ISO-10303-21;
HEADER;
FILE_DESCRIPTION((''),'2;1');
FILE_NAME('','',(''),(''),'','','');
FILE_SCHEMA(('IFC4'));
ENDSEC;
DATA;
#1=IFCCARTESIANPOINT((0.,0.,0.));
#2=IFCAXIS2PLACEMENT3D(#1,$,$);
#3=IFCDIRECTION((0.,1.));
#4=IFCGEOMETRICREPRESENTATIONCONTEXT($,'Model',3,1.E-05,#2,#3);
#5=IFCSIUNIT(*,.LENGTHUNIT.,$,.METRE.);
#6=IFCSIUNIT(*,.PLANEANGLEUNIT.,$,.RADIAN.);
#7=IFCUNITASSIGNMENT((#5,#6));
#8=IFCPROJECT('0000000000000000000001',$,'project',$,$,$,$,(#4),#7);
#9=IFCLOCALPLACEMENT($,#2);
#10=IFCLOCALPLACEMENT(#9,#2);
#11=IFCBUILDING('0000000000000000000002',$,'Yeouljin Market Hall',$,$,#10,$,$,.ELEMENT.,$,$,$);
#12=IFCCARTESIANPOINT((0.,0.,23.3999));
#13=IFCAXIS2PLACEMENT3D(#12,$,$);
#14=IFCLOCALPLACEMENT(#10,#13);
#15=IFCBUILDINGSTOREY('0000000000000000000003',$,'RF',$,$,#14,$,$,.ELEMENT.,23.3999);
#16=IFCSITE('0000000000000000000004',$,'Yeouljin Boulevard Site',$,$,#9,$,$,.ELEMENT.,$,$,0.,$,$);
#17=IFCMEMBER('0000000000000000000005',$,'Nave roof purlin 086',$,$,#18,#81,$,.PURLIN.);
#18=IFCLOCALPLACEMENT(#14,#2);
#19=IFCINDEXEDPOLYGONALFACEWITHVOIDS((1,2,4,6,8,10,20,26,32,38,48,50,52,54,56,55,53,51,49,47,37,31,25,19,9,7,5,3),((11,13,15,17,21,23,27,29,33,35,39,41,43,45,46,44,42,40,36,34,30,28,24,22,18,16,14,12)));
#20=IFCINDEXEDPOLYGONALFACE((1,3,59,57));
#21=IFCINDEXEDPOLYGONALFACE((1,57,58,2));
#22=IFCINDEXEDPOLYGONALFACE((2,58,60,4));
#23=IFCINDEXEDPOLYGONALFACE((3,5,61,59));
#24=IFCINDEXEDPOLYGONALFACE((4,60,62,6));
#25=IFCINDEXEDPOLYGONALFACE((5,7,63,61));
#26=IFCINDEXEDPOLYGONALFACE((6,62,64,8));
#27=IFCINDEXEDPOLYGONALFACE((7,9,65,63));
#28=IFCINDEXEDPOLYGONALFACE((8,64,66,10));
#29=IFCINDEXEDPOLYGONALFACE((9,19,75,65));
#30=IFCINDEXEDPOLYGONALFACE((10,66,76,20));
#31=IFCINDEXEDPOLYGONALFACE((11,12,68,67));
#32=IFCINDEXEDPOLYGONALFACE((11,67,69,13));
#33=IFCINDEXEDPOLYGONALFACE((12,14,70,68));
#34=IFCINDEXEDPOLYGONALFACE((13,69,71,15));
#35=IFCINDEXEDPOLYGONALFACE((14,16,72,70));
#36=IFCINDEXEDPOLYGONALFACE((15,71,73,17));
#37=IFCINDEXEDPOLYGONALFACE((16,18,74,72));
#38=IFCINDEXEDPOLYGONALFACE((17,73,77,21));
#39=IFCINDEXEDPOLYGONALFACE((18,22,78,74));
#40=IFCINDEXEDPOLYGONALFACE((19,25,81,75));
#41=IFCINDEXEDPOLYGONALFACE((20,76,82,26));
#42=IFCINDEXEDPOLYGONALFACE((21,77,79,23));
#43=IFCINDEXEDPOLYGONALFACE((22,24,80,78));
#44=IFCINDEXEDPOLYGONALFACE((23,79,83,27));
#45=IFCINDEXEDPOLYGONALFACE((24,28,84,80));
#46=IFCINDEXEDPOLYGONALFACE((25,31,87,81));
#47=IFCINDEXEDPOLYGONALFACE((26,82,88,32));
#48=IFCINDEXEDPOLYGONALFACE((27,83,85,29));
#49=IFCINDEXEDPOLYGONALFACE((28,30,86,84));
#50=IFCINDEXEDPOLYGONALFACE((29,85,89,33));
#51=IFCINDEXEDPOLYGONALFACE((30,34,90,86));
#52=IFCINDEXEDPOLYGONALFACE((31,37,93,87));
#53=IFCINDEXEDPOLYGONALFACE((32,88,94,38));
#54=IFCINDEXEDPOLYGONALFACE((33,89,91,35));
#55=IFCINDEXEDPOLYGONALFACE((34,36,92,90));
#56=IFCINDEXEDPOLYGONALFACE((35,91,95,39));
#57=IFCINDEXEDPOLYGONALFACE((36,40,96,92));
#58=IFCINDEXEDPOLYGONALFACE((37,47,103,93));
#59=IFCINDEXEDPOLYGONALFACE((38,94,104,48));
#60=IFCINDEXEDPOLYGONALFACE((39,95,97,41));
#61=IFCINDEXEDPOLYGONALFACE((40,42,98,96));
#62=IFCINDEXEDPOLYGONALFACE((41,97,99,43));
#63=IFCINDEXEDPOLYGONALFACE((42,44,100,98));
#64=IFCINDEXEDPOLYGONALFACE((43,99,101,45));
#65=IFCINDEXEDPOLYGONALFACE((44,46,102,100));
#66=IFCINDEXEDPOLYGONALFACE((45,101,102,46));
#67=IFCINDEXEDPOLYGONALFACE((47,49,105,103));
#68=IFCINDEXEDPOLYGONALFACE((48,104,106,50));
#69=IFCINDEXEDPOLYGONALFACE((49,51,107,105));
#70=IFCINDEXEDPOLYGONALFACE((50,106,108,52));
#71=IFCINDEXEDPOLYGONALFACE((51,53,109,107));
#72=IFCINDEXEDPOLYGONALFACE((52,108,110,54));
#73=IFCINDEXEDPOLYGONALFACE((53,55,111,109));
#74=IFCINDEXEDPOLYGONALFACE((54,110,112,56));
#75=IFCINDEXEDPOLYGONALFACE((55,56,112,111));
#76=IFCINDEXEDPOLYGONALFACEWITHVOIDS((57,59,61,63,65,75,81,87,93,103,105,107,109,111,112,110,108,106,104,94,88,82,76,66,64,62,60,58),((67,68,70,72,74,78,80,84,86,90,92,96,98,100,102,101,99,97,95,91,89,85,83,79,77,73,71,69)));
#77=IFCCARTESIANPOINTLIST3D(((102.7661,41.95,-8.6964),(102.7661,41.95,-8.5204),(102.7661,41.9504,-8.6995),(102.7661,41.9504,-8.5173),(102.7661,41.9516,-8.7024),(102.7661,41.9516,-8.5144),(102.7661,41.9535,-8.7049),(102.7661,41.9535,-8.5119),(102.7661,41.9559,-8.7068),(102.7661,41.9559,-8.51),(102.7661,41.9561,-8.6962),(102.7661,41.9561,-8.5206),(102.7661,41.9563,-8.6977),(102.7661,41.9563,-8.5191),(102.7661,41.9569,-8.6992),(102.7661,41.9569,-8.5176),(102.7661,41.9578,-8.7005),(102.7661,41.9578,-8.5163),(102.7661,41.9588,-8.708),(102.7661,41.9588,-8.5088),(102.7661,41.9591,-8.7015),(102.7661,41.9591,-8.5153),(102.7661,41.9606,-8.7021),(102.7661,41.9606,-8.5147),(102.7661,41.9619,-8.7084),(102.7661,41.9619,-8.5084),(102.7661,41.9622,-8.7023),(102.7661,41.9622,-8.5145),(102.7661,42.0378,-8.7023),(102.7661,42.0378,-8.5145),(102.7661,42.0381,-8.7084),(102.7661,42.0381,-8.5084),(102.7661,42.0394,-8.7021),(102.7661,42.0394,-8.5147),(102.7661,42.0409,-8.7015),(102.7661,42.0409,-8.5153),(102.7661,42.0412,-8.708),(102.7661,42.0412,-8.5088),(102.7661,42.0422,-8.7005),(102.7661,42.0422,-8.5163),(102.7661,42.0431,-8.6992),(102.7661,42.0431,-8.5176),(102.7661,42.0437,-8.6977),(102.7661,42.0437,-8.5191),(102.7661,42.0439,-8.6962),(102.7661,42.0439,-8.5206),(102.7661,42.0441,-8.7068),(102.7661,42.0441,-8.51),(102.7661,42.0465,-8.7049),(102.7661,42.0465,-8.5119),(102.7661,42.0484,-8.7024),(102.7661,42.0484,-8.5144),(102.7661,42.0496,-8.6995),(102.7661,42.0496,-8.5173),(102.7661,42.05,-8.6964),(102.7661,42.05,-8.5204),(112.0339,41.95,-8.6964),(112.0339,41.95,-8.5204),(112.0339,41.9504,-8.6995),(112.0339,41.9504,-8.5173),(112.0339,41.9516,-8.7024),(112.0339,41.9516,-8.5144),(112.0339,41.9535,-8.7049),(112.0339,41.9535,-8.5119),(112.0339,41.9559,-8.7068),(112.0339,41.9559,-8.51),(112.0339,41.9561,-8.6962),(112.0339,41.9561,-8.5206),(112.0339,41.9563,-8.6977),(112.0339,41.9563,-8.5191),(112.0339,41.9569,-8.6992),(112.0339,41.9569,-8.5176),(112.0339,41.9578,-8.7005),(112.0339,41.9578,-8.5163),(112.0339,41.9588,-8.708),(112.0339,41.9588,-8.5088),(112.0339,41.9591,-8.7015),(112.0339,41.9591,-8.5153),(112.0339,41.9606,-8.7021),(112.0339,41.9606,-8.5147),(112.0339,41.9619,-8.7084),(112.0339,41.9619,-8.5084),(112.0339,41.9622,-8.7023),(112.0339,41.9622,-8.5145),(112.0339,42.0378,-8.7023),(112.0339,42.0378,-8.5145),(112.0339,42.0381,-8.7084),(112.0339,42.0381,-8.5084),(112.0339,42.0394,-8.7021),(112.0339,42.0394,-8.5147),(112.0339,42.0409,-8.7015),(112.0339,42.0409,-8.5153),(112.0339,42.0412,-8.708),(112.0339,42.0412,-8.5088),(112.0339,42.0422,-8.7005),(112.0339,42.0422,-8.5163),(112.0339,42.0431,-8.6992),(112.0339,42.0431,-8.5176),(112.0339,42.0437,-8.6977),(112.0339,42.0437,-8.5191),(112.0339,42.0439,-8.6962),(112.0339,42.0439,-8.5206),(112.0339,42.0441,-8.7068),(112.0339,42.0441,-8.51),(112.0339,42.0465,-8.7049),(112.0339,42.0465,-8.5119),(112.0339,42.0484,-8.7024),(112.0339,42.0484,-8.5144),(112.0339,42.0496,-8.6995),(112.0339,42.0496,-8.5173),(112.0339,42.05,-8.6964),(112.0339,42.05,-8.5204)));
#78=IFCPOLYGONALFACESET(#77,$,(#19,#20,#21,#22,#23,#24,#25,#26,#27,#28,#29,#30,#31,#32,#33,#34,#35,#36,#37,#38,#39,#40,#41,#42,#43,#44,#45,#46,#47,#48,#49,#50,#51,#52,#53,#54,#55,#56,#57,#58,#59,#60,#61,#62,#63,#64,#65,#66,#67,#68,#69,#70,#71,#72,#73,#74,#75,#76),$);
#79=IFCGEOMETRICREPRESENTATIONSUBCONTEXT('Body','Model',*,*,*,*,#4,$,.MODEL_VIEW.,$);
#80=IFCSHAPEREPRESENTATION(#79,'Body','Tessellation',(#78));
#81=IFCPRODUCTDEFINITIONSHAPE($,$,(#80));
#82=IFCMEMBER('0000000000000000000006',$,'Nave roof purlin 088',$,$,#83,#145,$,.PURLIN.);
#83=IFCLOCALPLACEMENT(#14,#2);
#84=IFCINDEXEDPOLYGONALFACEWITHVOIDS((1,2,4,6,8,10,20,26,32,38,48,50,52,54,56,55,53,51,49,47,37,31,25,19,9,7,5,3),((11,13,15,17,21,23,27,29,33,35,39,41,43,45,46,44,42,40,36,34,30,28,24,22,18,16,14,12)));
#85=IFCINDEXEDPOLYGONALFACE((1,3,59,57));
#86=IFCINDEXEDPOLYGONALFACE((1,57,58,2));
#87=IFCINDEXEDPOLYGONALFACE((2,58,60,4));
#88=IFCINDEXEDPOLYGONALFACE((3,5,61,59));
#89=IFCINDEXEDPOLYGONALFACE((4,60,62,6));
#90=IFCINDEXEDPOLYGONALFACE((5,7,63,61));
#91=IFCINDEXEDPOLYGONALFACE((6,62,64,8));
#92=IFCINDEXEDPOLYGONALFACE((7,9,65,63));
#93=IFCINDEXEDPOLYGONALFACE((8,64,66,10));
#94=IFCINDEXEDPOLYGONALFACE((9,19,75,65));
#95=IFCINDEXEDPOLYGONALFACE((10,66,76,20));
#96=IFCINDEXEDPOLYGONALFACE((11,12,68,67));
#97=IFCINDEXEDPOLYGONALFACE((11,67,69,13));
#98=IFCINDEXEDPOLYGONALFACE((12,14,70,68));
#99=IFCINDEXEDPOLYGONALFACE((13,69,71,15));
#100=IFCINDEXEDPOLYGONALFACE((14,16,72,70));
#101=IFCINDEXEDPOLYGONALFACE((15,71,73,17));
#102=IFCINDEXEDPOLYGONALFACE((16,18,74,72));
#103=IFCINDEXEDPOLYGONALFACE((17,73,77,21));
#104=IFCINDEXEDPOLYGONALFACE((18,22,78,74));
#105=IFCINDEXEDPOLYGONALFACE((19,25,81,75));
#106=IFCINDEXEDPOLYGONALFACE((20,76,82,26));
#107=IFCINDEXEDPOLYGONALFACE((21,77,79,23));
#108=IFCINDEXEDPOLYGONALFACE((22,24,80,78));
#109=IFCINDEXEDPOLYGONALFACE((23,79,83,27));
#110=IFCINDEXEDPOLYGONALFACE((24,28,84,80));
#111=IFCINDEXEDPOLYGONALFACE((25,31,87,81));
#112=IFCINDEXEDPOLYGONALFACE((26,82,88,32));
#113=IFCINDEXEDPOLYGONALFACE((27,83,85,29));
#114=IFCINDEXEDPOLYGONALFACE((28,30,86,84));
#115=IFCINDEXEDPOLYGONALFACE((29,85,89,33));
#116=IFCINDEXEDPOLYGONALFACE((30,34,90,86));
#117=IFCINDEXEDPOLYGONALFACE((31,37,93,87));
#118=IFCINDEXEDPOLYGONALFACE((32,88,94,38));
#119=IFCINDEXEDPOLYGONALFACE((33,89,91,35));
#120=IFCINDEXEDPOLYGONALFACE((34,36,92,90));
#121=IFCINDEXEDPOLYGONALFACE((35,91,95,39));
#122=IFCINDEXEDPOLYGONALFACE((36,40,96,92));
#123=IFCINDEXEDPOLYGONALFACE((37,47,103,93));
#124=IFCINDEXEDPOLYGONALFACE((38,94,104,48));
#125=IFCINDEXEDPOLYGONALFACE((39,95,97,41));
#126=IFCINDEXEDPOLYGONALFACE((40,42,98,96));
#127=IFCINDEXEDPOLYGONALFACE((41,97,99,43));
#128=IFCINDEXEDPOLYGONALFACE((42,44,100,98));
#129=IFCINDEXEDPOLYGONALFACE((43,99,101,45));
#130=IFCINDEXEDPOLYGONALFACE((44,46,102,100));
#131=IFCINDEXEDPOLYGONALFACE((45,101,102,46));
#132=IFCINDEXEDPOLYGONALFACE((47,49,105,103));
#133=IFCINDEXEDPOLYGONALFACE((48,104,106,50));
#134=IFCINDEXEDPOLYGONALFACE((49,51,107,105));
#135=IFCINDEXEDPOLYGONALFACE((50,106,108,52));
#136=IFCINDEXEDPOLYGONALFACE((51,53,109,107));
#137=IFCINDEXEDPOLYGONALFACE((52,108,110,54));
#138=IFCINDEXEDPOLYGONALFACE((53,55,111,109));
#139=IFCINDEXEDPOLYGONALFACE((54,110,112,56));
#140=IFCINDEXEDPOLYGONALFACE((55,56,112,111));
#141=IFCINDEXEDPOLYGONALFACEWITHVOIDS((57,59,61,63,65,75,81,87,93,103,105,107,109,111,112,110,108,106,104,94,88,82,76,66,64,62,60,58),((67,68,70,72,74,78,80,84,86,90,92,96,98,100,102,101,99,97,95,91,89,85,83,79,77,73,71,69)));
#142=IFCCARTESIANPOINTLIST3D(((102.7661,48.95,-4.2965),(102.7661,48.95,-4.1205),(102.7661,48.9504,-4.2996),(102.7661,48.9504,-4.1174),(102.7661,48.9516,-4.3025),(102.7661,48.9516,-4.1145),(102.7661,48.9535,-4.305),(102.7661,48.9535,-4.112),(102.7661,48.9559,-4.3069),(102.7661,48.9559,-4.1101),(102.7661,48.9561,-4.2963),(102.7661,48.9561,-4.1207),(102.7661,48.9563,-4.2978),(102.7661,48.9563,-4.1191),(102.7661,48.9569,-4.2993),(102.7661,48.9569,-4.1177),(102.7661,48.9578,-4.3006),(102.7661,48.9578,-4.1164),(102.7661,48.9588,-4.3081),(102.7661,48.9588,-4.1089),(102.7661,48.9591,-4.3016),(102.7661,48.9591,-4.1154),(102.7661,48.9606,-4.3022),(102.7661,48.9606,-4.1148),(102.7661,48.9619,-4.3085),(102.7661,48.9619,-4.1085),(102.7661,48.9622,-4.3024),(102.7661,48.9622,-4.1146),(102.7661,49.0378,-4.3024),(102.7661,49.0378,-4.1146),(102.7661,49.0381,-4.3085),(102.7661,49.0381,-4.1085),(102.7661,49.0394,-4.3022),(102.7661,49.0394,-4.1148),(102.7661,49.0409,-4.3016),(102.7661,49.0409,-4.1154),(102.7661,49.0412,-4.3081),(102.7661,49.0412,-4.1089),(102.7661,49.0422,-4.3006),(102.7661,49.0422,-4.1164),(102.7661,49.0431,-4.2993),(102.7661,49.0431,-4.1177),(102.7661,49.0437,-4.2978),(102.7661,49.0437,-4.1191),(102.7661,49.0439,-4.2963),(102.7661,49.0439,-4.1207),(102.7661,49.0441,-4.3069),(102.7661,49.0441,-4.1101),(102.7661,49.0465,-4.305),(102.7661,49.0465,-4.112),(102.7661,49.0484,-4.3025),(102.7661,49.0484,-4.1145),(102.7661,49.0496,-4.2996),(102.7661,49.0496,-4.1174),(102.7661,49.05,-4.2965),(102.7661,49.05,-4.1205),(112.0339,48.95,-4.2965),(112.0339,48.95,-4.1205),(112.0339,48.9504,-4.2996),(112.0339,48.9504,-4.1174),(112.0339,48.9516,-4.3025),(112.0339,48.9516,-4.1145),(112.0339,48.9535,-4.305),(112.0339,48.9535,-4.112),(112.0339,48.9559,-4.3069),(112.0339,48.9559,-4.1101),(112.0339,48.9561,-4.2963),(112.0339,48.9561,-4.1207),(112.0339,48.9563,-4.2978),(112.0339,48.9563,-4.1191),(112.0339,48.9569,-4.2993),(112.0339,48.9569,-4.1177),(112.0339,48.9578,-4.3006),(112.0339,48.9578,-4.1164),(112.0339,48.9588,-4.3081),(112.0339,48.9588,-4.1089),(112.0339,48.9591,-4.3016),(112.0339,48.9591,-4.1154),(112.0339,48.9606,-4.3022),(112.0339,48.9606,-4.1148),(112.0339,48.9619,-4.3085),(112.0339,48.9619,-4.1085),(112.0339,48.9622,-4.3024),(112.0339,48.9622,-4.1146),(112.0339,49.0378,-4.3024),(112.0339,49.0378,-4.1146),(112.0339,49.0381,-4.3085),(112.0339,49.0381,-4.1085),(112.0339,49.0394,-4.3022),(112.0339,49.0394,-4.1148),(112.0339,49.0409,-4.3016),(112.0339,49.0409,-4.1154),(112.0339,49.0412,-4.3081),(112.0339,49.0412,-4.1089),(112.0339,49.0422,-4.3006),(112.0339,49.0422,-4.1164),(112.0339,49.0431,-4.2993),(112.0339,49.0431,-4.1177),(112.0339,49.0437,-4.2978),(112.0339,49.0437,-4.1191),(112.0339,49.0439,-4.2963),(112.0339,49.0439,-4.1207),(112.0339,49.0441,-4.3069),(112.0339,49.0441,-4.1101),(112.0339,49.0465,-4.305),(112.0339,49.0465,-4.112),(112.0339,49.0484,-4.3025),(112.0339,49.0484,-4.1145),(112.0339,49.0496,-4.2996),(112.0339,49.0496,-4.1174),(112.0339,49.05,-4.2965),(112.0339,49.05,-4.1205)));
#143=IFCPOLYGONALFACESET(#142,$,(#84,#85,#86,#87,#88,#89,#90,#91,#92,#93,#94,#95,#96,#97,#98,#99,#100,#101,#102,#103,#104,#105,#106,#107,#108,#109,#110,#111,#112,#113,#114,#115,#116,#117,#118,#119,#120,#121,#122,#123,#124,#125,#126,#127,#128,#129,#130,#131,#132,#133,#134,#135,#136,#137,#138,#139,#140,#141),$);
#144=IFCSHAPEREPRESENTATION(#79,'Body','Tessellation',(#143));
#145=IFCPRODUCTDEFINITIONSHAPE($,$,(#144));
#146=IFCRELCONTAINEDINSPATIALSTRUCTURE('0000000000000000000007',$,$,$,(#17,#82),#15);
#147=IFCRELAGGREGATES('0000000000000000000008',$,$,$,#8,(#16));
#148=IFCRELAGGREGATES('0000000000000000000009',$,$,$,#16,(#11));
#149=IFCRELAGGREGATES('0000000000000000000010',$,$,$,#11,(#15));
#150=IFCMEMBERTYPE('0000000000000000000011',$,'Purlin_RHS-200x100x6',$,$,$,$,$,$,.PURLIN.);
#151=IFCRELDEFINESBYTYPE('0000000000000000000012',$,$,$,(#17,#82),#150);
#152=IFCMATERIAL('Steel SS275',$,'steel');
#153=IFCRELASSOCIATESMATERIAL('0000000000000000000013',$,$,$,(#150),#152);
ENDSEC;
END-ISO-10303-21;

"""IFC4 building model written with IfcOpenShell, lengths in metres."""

from ifc_helpers import new_model, si_unit, direction, frame, origin, origin_2d, place, context, subcontext, project, spatial, hollow_rectangle, extrude, material, material_profile, profile_set, type_object, element, save


model = new_model("IFC4")

# Units and contexts
model_context = context("Model", 3, precision=1e-05, world=origin(), true_north=direction((0.0, 1.0)))
body_context = subcontext(model_context, "Body", "Model", "MODEL_VIEW")
ifc_project = project(units=[si_unit("LENGTHUNIT", "METRE"), si_unit("PLANEANGLEUNIT", "RADIAN")], contexts=[model_context])

# Site, building, storey
site_placement = place(None, origin())
site = spatial("IfcSite", under=ifc_project, at=site_placement, Name="Yeouljin Boulevard Site", CompositionType="ELEMENT", RefElevation=0.0)
building_placement = place(site_placement, origin())
building = spatial("IfcBuilding", under=site, at=building_placement, Name="Yeouljin Market Hall", CompositionType="ELEMENT")
storey_placement = place(building_placement, frame((0.0, 0.0, 23.3999)))
storey = spatial("IfcBuildingStorey", under=building, at=storey_placement, Name="RF", CompositionType="ELEMENT", Elevation=23.3999)

# Members
ifc_material_1 = material(Name="Steel SS275", Category="steel")
ifc_material_profile_1 = material_profile(ifc_material_1, hollow_rectangle(XDim=0.1001, YDim=0.2, WallThickness=0.0061, InnerFilletRadius=0.0061, OuterFilletRadius=0.012, at=origin_2d()), Name="RHS-200x100x6")
ifc_profile_set_1 = profile_set([ifc_material_profile_1], Name="Steel SS275")
member_type_1 = type_object("IfcMemberType", Name="Purlin_RHS-200x100x6", PredefinedType="PURLIN", material=ifc_profile_set_1)
for number, where, z_axis, x_axis, name in (
    (1, (102.7661, 42.0, -8.6084), (1.0, 0.0, 0.0), (0.0, 1.0, 0.0), "Nave roof purlin 086"),
    (2, (102.7661, 49.0, -4.2085), (1.0, 0.0, 0.0), (0.0, 1.0, 0.0), "Nave roof purlin 088"),
):
    element("IfcMember", number, at=place(storey_placement, frame(where, z_axis=z_axis, x_axis=x_axis)), inside=storey, type_object=member_type_1, Name=name, PredefinedType="PURLIN", context=body_context, shape_type="SweptSolid", body=[
        extrude(hollow_rectangle(XDim=0.1001, YDim=0.2, WallThickness=0.0061, InnerFilletRadius=0.0061, OuterFilletRadius=0.012, at=origin_2d()), origin(), (0.0, 0.0, 1.0), 9.2678),
    ])

save(model, "model.ifc")
